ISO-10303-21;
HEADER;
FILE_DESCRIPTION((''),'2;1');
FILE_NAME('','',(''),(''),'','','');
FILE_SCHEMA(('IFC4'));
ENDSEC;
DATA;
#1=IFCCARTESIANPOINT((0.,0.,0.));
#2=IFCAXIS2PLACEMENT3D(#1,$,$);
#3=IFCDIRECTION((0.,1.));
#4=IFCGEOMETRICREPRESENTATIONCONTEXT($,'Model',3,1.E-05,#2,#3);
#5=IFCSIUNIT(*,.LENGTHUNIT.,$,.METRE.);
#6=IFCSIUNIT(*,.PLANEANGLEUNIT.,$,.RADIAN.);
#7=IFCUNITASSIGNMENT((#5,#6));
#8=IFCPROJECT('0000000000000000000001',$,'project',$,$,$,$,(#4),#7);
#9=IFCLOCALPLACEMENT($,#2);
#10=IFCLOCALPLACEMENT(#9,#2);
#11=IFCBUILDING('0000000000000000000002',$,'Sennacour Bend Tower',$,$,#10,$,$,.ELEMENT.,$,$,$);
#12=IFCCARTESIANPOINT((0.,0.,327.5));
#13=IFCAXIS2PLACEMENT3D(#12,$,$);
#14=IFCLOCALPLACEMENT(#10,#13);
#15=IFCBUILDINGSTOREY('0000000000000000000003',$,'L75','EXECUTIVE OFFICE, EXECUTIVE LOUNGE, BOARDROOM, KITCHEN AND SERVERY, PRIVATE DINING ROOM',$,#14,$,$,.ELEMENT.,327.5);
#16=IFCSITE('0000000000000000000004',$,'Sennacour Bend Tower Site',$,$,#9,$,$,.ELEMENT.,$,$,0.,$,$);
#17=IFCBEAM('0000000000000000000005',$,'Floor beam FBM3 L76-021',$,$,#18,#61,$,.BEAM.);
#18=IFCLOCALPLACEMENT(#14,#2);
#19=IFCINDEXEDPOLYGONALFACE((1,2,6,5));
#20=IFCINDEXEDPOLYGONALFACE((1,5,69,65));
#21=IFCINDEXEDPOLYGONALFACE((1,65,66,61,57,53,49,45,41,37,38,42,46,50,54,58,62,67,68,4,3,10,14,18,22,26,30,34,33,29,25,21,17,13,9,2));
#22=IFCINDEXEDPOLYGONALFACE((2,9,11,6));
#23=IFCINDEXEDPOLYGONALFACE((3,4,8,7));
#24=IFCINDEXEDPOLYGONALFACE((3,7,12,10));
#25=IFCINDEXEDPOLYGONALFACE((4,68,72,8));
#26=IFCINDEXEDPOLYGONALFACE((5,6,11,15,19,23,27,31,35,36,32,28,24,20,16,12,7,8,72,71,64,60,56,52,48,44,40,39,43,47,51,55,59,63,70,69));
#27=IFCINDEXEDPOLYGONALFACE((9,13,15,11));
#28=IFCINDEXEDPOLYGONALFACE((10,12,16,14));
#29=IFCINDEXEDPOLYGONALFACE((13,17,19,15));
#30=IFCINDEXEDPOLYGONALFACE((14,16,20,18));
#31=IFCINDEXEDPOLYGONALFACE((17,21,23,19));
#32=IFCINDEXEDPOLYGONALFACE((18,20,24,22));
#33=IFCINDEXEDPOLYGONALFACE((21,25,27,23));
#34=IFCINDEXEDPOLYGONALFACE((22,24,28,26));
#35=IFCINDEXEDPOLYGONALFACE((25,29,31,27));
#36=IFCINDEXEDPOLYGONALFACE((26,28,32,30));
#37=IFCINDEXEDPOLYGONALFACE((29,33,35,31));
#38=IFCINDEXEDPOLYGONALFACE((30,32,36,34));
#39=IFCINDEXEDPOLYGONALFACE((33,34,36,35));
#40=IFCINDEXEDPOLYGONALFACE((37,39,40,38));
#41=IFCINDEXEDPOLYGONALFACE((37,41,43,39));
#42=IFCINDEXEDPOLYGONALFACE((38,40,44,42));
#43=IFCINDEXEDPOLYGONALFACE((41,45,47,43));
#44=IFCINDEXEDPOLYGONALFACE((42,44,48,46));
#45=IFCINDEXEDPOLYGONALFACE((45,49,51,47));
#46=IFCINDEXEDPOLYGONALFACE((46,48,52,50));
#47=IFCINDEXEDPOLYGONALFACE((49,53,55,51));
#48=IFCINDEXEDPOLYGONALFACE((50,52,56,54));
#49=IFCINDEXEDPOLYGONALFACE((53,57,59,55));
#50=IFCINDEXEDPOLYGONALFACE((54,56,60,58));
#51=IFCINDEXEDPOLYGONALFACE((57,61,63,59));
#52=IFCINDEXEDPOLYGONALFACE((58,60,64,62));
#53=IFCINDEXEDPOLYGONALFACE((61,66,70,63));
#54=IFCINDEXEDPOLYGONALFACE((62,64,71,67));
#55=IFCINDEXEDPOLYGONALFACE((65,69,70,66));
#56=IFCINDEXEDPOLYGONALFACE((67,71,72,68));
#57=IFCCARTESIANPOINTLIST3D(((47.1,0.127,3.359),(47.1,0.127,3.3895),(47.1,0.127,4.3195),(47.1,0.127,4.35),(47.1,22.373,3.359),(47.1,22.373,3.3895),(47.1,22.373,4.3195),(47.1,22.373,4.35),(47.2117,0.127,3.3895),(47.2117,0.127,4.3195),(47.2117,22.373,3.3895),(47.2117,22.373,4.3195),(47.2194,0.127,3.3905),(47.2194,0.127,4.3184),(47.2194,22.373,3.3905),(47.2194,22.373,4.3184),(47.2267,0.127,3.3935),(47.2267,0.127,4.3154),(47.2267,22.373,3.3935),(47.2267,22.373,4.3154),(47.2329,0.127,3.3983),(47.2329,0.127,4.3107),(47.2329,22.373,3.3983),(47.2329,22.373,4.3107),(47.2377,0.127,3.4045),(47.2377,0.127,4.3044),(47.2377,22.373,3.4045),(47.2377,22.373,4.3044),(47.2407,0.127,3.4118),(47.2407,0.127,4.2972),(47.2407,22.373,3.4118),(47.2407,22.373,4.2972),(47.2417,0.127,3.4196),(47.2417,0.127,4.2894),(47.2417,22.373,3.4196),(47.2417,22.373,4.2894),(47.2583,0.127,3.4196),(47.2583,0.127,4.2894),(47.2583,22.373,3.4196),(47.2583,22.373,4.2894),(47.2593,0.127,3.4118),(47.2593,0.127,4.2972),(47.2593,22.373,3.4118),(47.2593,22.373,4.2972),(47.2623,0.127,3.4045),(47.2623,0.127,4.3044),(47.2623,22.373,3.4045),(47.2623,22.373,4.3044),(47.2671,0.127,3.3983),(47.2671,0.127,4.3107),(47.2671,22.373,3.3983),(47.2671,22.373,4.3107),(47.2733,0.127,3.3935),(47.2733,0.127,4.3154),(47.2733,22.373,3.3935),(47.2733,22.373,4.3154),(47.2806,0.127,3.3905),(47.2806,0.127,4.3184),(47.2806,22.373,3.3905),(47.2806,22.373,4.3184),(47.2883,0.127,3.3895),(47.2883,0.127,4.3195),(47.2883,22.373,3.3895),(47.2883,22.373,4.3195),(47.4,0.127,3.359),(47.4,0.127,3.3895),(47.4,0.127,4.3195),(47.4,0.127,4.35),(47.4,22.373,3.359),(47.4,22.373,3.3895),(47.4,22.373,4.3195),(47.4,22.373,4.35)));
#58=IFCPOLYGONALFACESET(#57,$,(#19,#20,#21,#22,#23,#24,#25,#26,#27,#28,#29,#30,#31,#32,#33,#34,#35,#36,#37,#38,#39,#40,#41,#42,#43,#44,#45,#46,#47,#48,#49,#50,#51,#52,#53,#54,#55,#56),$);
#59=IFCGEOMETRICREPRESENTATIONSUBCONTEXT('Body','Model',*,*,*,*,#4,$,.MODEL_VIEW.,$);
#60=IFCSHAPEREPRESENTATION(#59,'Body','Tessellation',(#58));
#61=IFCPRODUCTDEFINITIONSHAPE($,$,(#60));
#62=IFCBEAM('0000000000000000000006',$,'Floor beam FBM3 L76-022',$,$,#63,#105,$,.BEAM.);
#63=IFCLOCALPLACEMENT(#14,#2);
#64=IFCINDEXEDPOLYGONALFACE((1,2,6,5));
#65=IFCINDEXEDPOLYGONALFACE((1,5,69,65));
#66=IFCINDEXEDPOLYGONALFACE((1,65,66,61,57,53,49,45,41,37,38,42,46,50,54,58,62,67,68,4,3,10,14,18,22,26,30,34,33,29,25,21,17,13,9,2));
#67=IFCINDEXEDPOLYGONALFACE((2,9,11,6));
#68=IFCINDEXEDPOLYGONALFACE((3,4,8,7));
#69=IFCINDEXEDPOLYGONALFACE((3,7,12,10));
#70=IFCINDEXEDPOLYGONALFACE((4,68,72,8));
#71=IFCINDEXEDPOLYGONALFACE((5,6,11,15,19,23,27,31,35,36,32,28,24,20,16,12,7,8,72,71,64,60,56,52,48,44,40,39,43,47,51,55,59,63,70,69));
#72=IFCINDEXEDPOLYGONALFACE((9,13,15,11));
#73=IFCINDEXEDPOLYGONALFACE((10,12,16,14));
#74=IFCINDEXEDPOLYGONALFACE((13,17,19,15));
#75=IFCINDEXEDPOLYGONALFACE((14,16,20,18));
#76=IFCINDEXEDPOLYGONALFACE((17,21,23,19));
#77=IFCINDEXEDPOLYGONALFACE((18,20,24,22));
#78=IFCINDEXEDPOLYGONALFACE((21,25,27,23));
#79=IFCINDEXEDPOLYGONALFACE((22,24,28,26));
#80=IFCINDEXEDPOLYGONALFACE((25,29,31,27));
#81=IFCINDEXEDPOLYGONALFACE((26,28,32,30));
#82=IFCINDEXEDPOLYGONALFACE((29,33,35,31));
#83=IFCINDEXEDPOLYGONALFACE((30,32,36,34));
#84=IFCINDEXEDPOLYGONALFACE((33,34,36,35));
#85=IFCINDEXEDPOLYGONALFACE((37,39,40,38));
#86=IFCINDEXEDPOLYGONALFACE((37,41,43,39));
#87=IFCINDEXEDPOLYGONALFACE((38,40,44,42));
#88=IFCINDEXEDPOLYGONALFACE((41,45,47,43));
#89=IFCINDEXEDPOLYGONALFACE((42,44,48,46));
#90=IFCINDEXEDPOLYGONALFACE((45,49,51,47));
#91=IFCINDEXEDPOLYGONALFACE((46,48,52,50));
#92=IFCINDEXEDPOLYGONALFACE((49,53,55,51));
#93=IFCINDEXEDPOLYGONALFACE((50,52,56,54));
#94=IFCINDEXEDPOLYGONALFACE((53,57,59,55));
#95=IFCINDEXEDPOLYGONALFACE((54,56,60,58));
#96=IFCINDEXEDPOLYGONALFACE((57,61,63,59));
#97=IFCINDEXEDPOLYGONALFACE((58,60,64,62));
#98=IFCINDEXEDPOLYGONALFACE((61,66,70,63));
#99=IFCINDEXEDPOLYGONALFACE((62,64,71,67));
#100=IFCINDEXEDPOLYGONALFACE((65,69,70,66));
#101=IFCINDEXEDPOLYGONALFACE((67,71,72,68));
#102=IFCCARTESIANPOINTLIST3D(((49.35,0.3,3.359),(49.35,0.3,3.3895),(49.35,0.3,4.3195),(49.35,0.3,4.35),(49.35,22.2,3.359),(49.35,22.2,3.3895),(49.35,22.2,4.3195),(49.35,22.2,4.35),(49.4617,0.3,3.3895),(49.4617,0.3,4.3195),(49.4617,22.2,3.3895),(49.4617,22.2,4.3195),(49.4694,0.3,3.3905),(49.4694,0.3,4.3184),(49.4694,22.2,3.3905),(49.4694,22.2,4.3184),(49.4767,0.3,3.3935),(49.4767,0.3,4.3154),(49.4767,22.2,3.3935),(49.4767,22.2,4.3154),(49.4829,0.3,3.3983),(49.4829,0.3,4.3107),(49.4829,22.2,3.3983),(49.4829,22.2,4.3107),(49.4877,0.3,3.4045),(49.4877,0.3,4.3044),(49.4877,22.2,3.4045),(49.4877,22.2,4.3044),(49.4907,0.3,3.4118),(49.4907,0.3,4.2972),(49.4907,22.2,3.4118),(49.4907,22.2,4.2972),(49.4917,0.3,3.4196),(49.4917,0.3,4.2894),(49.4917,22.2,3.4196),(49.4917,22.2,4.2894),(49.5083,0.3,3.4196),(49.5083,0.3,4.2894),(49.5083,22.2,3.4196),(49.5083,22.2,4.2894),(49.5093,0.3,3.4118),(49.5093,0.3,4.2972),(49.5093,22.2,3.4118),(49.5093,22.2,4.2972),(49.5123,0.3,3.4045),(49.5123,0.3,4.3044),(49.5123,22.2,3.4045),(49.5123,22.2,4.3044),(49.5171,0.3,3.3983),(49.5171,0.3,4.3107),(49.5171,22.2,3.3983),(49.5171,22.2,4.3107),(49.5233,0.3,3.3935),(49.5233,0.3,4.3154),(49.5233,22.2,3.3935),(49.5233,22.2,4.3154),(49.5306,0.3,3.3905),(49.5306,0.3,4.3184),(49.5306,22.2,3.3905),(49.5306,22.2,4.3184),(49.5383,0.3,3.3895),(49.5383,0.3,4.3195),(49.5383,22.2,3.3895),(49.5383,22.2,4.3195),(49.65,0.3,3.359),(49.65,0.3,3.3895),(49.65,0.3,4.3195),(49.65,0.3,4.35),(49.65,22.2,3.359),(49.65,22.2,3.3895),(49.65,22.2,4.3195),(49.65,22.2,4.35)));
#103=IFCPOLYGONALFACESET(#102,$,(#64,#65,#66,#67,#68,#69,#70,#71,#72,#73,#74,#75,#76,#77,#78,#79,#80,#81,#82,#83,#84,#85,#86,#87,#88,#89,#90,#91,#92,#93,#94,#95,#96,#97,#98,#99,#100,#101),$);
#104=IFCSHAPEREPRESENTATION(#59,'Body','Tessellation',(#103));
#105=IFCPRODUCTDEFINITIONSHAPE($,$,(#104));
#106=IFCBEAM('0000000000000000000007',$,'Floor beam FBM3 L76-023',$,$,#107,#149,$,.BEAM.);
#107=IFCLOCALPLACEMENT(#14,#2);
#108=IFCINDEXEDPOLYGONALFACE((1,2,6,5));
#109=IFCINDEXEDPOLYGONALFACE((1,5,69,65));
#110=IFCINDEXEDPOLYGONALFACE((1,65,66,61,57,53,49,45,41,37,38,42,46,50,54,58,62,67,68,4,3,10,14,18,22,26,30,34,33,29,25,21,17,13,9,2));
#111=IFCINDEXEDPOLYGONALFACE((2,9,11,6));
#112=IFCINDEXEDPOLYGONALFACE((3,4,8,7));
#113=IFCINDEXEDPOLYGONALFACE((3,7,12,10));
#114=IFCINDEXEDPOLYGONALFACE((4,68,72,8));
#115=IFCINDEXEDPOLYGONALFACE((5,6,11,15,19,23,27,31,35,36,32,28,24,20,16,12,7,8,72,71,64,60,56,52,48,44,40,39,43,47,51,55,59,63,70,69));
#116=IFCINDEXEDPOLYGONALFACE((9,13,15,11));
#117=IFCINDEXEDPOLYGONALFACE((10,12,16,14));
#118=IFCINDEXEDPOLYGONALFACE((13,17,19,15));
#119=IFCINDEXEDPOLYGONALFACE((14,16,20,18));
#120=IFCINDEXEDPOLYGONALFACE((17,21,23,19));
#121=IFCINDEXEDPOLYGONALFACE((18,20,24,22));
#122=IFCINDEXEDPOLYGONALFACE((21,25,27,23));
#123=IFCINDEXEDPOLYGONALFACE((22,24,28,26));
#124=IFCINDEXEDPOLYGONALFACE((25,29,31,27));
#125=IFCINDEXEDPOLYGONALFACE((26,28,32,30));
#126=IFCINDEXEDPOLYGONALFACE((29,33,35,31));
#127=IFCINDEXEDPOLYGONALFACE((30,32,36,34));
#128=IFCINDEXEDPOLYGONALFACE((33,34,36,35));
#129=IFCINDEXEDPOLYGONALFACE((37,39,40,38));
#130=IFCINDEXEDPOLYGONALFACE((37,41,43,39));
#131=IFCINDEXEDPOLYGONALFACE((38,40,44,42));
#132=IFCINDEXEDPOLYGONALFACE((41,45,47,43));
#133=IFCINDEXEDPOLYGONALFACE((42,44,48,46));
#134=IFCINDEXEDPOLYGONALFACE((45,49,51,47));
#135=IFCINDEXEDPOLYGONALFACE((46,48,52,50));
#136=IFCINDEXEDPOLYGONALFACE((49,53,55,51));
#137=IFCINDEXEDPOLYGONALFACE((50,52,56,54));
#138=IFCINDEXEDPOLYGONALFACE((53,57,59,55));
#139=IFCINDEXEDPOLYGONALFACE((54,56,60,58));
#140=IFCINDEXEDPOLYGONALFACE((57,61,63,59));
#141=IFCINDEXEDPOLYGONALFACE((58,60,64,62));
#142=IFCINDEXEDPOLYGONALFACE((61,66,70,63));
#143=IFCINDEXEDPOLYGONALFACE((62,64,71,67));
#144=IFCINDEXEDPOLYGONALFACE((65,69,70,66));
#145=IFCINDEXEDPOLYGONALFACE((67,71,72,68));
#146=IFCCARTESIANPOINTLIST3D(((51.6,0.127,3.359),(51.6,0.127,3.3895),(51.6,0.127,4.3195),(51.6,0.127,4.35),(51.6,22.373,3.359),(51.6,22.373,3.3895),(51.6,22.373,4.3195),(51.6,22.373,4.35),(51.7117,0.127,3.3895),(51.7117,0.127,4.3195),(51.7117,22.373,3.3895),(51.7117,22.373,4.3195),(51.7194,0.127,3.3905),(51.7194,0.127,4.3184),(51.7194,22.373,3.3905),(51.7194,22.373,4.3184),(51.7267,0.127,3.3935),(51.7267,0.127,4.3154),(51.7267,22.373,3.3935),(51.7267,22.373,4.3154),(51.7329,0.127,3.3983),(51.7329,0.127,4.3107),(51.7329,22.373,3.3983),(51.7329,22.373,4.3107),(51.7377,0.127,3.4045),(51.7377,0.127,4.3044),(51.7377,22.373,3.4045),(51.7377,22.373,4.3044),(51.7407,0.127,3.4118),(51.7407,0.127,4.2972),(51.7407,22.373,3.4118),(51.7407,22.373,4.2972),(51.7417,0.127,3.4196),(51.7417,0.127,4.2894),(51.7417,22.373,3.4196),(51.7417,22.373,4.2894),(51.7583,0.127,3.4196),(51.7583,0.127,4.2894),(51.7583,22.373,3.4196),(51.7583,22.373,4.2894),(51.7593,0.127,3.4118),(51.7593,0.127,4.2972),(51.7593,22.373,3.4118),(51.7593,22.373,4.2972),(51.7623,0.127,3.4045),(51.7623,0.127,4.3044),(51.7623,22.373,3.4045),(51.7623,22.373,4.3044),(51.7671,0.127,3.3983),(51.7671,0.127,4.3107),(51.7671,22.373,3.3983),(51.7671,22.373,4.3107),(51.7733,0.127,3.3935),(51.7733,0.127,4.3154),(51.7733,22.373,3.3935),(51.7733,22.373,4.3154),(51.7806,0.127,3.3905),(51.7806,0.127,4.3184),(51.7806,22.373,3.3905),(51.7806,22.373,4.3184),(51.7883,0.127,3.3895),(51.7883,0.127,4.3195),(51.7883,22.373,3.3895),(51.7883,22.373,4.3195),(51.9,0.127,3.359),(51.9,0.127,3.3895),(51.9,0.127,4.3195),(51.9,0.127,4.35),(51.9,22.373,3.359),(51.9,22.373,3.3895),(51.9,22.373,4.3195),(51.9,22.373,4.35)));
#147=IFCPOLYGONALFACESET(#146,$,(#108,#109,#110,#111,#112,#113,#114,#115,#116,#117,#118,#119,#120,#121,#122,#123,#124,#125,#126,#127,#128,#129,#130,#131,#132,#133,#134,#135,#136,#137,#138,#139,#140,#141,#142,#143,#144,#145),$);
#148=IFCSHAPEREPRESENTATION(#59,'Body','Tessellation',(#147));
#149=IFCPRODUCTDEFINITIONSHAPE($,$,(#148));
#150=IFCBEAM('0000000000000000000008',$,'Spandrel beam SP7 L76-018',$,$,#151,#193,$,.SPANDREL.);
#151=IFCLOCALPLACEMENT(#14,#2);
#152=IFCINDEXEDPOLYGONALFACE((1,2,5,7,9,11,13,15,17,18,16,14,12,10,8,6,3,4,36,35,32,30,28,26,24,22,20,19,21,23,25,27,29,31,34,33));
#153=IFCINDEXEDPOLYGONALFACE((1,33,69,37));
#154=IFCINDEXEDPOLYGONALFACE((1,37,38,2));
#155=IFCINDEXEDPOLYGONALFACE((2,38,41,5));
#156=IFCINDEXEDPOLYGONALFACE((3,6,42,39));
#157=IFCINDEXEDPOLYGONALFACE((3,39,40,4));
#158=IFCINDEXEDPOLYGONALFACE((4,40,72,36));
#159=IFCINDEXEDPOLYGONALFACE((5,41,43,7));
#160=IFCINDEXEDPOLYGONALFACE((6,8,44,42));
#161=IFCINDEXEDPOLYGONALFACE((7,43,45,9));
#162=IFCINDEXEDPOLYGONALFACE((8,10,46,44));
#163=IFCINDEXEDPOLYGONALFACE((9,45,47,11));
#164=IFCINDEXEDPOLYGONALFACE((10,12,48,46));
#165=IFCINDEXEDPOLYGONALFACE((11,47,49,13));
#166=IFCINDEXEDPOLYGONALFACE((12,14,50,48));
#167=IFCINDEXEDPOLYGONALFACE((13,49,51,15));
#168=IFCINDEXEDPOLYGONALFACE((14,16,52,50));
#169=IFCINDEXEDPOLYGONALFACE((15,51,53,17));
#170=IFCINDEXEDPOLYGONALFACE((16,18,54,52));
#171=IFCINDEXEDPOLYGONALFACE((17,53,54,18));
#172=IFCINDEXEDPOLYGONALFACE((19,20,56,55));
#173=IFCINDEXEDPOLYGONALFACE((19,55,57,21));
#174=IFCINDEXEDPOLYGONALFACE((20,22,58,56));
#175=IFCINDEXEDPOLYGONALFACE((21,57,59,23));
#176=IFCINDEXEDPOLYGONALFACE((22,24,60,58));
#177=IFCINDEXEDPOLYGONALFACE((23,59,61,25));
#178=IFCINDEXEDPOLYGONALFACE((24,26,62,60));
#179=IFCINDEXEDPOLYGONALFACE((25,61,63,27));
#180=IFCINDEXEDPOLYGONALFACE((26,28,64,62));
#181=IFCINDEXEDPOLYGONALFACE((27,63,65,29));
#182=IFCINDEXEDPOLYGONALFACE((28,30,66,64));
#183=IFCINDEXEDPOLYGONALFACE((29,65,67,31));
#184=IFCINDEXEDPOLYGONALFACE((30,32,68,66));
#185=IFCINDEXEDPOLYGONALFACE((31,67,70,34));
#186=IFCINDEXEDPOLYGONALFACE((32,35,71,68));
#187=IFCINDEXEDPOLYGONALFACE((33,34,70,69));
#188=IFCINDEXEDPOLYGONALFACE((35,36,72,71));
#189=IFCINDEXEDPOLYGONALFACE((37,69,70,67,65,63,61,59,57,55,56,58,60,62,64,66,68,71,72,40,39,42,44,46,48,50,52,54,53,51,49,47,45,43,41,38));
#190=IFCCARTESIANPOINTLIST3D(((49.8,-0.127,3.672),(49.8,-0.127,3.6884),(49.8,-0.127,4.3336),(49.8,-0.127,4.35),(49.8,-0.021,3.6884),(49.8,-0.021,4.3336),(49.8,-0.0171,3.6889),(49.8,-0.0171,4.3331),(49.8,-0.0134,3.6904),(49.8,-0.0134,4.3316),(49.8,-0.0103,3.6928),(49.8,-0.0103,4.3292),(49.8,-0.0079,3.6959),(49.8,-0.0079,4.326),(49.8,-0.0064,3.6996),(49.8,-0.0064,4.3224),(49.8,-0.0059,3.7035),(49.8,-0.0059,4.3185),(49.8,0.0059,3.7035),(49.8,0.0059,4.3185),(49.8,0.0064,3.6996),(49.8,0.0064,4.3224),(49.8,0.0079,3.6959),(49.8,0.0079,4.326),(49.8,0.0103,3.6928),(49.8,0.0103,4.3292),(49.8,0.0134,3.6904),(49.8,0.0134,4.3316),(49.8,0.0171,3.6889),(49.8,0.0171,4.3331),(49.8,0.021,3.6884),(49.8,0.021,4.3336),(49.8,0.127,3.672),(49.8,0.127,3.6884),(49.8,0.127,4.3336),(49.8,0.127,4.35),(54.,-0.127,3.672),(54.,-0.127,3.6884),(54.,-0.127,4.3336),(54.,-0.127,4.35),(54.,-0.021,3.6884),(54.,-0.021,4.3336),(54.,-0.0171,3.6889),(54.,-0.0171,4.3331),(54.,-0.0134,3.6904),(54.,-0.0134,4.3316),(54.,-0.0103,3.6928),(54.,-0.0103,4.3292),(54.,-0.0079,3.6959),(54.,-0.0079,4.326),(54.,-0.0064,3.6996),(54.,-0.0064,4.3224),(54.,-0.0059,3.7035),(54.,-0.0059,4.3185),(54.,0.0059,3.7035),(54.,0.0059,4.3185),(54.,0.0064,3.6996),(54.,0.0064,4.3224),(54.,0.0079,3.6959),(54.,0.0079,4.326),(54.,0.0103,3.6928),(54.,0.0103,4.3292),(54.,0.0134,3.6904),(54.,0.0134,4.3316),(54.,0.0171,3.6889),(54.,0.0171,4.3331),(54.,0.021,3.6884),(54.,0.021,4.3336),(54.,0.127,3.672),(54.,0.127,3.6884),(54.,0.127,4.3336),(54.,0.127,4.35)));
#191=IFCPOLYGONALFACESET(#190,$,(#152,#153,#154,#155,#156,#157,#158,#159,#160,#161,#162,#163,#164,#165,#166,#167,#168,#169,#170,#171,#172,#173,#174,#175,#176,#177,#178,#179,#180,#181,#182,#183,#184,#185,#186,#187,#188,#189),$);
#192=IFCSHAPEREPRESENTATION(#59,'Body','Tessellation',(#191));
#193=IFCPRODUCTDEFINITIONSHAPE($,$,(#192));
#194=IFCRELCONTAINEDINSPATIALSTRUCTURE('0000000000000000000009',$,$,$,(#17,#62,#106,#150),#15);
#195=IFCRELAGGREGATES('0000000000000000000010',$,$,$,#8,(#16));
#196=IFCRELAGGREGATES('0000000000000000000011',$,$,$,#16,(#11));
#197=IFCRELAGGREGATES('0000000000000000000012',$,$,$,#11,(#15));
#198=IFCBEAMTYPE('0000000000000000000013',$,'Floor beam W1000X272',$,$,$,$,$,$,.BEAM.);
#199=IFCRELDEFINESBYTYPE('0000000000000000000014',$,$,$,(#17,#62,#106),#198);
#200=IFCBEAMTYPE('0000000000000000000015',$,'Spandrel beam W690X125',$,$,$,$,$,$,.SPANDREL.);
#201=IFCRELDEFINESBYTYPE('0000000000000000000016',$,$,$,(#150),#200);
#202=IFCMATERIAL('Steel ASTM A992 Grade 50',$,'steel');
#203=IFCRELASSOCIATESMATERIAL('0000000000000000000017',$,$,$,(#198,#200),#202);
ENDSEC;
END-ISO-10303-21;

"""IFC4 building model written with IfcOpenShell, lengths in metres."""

from ifc_helpers import new_model, si_unit, direction, frame, origin, origin_2d, place, context, subcontext, project, spatial, i_section, extrude, material, material_profile, profile_set, type_object, element, save


model = new_model("IFC4")

# Units and contexts
model_context = context("Model", 3, precision=1e-05, world=origin(), true_north=direction((0.0, 1.0)))
body_context = subcontext(model_context, "Body", "Model", "MODEL_VIEW")
ifc_project = project(units=[si_unit("LENGTHUNIT", "METRE"), si_unit("PLANEANGLEUNIT", "RADIAN")], contexts=[model_context])

# Site, building, storey
site_placement = place(None, origin())
site = spatial("IfcSite", under=ifc_project, at=site_placement, Name="Sennacour Bend Tower Site", CompositionType="ELEMENT", RefElevation=0.0)
building_placement = place(site_placement, origin())
building = spatial("IfcBuilding", under=site, at=building_placement, Name="Sennacour Bend Tower", CompositionType="ELEMENT")
storey_placement = place(building_placement, frame((0.0, 0.0, 327.5)))
storey = spatial("IfcBuildingStorey", under=building, at=storey_placement, Name="L75", Description="EXECUTIVE OFFICE, EXECUTIVE LOUNGE, BOARDROOM, KITCHEN AND SERVERY, PRIVATE DINING ROOM", CompositionType="ELEMENT", Elevation=327.5)

# Beams
ifc_material_1 = material(Name="Steel ASTM A992 Grade 50", Category="steel")
ifc_material_profile_1 = material_profile(ifc_material_1, i_section(OverallWidth=0.3, OverallDepth=0.991, WebThickness=0.0166, FlangeThickness=0.0305, FilletRadius=0.03, at=origin_2d()), Name="Steel ASTM A992 Grade 50", Category="steel")
ifc_profile_set_1 = profile_set([ifc_material_profile_1], Name="Steel ASTM A992 Grade 50")
beam_type_1 = type_object("IfcBeamType", Name="Floor beam W1000X272", PredefinedType="BEAM", material=ifc_profile_set_1)
beam_1_placement = place(storey_placement, frame((47.25, 0.127, 3.8545), z_axis=(0.0, 1.0, 0.0), x_axis=(-1.0, 0.0, 0.0)))
element("IfcBeam", 1, at=beam_1_placement, inside=storey, type_object=beam_type_1, Name="Floor beam FBM3 L76-021", PredefinedType="BEAM", context=body_context, shape_type="SweptSolid", body=[
    extrude(i_section(OverallWidth=0.3, OverallDepth=0.991, WebThickness=0.0166, FlangeThickness=0.0305, FilletRadius=0.03, at=origin_2d()), origin(), (0.0, 0.0, 1.0), 22.2461),
])
beam_2_placement = place(storey_placement, frame((49.5, 0.3, 3.8545), z_axis=(0.0, 1.0, 0.0), x_axis=(-1.0, 0.0, 0.0)))
element("IfcBeam", 2, at=beam_2_placement, inside=storey, type_object=beam_type_1, Name="Floor beam FBM3 L76-022", PredefinedType="BEAM", context=body_context, shape_type="SweptSolid", body=[
    extrude(i_section(OverallWidth=0.3, OverallDepth=0.991, WebThickness=0.0166, FlangeThickness=0.0305, FilletRadius=0.03, at=origin_2d()), origin(), (0.0, 0.0, 1.0), 21.8999),
])
beam_3_placement = place(storey_placement, frame((51.75, 0.127, 3.8545), z_axis=(0.0, 1.0, 0.0), x_axis=(-1.0, 0.0, 0.0)))
element("IfcBeam", 3, at=beam_3_placement, inside=storey, type_object=beam_type_1, Name="Floor beam FBM3 L76-023", PredefinedType="BEAM", context=body_context, shape_type="SweptSolid", body=[
    extrude(i_section(OverallWidth=0.3, OverallDepth=0.991, WebThickness=0.0166, FlangeThickness=0.0305, FilletRadius=0.03, at=origin_2d()), origin(), (0.0, 0.0, 1.0), 22.2461),
])
ifc_material_profile_2 = material_profile(ifc_material_1, i_section(OverallWidth=0.2539, OverallDepth=0.678, WebThickness=0.0117, FlangeThickness=0.0164, FilletRadius=0.0151, at=origin_2d()), Name="Steel ASTM A992 Grade 50", Category="steel")
ifc_profile_set_2 = profile_set([ifc_material_profile_2], Name="Steel ASTM A992 Grade 50")
beam_type_2 = type_object("IfcBeamType", Name="Spandrel beam W690X125", PredefinedType="SPANDREL", material=ifc_profile_set_2)
beam_4_placement = place(storey_placement, frame((54.0, 0.0, 4.011), z_axis=(-1.0, 0.0, 0.0), x_axis=(0.0, -1.0, 0.0)))
element("IfcBeam", 4, at=beam_4_placement, inside=storey, type_object=beam_type_2, Name="Spandrel beam SP7 L76-018", PredefinedType="SPANDREL", context=body_context, shape_type="SweptSolid", body=[
    extrude(i_section(OverallWidth=0.2539, OverallDepth=0.678, WebThickness=0.0117, FlangeThickness=0.0164, FilletRadius=0.0151, at=origin_2d()), origin(), (0.0, 0.0, 1.0), 4.2),
])

save(model, "model.ifc")
